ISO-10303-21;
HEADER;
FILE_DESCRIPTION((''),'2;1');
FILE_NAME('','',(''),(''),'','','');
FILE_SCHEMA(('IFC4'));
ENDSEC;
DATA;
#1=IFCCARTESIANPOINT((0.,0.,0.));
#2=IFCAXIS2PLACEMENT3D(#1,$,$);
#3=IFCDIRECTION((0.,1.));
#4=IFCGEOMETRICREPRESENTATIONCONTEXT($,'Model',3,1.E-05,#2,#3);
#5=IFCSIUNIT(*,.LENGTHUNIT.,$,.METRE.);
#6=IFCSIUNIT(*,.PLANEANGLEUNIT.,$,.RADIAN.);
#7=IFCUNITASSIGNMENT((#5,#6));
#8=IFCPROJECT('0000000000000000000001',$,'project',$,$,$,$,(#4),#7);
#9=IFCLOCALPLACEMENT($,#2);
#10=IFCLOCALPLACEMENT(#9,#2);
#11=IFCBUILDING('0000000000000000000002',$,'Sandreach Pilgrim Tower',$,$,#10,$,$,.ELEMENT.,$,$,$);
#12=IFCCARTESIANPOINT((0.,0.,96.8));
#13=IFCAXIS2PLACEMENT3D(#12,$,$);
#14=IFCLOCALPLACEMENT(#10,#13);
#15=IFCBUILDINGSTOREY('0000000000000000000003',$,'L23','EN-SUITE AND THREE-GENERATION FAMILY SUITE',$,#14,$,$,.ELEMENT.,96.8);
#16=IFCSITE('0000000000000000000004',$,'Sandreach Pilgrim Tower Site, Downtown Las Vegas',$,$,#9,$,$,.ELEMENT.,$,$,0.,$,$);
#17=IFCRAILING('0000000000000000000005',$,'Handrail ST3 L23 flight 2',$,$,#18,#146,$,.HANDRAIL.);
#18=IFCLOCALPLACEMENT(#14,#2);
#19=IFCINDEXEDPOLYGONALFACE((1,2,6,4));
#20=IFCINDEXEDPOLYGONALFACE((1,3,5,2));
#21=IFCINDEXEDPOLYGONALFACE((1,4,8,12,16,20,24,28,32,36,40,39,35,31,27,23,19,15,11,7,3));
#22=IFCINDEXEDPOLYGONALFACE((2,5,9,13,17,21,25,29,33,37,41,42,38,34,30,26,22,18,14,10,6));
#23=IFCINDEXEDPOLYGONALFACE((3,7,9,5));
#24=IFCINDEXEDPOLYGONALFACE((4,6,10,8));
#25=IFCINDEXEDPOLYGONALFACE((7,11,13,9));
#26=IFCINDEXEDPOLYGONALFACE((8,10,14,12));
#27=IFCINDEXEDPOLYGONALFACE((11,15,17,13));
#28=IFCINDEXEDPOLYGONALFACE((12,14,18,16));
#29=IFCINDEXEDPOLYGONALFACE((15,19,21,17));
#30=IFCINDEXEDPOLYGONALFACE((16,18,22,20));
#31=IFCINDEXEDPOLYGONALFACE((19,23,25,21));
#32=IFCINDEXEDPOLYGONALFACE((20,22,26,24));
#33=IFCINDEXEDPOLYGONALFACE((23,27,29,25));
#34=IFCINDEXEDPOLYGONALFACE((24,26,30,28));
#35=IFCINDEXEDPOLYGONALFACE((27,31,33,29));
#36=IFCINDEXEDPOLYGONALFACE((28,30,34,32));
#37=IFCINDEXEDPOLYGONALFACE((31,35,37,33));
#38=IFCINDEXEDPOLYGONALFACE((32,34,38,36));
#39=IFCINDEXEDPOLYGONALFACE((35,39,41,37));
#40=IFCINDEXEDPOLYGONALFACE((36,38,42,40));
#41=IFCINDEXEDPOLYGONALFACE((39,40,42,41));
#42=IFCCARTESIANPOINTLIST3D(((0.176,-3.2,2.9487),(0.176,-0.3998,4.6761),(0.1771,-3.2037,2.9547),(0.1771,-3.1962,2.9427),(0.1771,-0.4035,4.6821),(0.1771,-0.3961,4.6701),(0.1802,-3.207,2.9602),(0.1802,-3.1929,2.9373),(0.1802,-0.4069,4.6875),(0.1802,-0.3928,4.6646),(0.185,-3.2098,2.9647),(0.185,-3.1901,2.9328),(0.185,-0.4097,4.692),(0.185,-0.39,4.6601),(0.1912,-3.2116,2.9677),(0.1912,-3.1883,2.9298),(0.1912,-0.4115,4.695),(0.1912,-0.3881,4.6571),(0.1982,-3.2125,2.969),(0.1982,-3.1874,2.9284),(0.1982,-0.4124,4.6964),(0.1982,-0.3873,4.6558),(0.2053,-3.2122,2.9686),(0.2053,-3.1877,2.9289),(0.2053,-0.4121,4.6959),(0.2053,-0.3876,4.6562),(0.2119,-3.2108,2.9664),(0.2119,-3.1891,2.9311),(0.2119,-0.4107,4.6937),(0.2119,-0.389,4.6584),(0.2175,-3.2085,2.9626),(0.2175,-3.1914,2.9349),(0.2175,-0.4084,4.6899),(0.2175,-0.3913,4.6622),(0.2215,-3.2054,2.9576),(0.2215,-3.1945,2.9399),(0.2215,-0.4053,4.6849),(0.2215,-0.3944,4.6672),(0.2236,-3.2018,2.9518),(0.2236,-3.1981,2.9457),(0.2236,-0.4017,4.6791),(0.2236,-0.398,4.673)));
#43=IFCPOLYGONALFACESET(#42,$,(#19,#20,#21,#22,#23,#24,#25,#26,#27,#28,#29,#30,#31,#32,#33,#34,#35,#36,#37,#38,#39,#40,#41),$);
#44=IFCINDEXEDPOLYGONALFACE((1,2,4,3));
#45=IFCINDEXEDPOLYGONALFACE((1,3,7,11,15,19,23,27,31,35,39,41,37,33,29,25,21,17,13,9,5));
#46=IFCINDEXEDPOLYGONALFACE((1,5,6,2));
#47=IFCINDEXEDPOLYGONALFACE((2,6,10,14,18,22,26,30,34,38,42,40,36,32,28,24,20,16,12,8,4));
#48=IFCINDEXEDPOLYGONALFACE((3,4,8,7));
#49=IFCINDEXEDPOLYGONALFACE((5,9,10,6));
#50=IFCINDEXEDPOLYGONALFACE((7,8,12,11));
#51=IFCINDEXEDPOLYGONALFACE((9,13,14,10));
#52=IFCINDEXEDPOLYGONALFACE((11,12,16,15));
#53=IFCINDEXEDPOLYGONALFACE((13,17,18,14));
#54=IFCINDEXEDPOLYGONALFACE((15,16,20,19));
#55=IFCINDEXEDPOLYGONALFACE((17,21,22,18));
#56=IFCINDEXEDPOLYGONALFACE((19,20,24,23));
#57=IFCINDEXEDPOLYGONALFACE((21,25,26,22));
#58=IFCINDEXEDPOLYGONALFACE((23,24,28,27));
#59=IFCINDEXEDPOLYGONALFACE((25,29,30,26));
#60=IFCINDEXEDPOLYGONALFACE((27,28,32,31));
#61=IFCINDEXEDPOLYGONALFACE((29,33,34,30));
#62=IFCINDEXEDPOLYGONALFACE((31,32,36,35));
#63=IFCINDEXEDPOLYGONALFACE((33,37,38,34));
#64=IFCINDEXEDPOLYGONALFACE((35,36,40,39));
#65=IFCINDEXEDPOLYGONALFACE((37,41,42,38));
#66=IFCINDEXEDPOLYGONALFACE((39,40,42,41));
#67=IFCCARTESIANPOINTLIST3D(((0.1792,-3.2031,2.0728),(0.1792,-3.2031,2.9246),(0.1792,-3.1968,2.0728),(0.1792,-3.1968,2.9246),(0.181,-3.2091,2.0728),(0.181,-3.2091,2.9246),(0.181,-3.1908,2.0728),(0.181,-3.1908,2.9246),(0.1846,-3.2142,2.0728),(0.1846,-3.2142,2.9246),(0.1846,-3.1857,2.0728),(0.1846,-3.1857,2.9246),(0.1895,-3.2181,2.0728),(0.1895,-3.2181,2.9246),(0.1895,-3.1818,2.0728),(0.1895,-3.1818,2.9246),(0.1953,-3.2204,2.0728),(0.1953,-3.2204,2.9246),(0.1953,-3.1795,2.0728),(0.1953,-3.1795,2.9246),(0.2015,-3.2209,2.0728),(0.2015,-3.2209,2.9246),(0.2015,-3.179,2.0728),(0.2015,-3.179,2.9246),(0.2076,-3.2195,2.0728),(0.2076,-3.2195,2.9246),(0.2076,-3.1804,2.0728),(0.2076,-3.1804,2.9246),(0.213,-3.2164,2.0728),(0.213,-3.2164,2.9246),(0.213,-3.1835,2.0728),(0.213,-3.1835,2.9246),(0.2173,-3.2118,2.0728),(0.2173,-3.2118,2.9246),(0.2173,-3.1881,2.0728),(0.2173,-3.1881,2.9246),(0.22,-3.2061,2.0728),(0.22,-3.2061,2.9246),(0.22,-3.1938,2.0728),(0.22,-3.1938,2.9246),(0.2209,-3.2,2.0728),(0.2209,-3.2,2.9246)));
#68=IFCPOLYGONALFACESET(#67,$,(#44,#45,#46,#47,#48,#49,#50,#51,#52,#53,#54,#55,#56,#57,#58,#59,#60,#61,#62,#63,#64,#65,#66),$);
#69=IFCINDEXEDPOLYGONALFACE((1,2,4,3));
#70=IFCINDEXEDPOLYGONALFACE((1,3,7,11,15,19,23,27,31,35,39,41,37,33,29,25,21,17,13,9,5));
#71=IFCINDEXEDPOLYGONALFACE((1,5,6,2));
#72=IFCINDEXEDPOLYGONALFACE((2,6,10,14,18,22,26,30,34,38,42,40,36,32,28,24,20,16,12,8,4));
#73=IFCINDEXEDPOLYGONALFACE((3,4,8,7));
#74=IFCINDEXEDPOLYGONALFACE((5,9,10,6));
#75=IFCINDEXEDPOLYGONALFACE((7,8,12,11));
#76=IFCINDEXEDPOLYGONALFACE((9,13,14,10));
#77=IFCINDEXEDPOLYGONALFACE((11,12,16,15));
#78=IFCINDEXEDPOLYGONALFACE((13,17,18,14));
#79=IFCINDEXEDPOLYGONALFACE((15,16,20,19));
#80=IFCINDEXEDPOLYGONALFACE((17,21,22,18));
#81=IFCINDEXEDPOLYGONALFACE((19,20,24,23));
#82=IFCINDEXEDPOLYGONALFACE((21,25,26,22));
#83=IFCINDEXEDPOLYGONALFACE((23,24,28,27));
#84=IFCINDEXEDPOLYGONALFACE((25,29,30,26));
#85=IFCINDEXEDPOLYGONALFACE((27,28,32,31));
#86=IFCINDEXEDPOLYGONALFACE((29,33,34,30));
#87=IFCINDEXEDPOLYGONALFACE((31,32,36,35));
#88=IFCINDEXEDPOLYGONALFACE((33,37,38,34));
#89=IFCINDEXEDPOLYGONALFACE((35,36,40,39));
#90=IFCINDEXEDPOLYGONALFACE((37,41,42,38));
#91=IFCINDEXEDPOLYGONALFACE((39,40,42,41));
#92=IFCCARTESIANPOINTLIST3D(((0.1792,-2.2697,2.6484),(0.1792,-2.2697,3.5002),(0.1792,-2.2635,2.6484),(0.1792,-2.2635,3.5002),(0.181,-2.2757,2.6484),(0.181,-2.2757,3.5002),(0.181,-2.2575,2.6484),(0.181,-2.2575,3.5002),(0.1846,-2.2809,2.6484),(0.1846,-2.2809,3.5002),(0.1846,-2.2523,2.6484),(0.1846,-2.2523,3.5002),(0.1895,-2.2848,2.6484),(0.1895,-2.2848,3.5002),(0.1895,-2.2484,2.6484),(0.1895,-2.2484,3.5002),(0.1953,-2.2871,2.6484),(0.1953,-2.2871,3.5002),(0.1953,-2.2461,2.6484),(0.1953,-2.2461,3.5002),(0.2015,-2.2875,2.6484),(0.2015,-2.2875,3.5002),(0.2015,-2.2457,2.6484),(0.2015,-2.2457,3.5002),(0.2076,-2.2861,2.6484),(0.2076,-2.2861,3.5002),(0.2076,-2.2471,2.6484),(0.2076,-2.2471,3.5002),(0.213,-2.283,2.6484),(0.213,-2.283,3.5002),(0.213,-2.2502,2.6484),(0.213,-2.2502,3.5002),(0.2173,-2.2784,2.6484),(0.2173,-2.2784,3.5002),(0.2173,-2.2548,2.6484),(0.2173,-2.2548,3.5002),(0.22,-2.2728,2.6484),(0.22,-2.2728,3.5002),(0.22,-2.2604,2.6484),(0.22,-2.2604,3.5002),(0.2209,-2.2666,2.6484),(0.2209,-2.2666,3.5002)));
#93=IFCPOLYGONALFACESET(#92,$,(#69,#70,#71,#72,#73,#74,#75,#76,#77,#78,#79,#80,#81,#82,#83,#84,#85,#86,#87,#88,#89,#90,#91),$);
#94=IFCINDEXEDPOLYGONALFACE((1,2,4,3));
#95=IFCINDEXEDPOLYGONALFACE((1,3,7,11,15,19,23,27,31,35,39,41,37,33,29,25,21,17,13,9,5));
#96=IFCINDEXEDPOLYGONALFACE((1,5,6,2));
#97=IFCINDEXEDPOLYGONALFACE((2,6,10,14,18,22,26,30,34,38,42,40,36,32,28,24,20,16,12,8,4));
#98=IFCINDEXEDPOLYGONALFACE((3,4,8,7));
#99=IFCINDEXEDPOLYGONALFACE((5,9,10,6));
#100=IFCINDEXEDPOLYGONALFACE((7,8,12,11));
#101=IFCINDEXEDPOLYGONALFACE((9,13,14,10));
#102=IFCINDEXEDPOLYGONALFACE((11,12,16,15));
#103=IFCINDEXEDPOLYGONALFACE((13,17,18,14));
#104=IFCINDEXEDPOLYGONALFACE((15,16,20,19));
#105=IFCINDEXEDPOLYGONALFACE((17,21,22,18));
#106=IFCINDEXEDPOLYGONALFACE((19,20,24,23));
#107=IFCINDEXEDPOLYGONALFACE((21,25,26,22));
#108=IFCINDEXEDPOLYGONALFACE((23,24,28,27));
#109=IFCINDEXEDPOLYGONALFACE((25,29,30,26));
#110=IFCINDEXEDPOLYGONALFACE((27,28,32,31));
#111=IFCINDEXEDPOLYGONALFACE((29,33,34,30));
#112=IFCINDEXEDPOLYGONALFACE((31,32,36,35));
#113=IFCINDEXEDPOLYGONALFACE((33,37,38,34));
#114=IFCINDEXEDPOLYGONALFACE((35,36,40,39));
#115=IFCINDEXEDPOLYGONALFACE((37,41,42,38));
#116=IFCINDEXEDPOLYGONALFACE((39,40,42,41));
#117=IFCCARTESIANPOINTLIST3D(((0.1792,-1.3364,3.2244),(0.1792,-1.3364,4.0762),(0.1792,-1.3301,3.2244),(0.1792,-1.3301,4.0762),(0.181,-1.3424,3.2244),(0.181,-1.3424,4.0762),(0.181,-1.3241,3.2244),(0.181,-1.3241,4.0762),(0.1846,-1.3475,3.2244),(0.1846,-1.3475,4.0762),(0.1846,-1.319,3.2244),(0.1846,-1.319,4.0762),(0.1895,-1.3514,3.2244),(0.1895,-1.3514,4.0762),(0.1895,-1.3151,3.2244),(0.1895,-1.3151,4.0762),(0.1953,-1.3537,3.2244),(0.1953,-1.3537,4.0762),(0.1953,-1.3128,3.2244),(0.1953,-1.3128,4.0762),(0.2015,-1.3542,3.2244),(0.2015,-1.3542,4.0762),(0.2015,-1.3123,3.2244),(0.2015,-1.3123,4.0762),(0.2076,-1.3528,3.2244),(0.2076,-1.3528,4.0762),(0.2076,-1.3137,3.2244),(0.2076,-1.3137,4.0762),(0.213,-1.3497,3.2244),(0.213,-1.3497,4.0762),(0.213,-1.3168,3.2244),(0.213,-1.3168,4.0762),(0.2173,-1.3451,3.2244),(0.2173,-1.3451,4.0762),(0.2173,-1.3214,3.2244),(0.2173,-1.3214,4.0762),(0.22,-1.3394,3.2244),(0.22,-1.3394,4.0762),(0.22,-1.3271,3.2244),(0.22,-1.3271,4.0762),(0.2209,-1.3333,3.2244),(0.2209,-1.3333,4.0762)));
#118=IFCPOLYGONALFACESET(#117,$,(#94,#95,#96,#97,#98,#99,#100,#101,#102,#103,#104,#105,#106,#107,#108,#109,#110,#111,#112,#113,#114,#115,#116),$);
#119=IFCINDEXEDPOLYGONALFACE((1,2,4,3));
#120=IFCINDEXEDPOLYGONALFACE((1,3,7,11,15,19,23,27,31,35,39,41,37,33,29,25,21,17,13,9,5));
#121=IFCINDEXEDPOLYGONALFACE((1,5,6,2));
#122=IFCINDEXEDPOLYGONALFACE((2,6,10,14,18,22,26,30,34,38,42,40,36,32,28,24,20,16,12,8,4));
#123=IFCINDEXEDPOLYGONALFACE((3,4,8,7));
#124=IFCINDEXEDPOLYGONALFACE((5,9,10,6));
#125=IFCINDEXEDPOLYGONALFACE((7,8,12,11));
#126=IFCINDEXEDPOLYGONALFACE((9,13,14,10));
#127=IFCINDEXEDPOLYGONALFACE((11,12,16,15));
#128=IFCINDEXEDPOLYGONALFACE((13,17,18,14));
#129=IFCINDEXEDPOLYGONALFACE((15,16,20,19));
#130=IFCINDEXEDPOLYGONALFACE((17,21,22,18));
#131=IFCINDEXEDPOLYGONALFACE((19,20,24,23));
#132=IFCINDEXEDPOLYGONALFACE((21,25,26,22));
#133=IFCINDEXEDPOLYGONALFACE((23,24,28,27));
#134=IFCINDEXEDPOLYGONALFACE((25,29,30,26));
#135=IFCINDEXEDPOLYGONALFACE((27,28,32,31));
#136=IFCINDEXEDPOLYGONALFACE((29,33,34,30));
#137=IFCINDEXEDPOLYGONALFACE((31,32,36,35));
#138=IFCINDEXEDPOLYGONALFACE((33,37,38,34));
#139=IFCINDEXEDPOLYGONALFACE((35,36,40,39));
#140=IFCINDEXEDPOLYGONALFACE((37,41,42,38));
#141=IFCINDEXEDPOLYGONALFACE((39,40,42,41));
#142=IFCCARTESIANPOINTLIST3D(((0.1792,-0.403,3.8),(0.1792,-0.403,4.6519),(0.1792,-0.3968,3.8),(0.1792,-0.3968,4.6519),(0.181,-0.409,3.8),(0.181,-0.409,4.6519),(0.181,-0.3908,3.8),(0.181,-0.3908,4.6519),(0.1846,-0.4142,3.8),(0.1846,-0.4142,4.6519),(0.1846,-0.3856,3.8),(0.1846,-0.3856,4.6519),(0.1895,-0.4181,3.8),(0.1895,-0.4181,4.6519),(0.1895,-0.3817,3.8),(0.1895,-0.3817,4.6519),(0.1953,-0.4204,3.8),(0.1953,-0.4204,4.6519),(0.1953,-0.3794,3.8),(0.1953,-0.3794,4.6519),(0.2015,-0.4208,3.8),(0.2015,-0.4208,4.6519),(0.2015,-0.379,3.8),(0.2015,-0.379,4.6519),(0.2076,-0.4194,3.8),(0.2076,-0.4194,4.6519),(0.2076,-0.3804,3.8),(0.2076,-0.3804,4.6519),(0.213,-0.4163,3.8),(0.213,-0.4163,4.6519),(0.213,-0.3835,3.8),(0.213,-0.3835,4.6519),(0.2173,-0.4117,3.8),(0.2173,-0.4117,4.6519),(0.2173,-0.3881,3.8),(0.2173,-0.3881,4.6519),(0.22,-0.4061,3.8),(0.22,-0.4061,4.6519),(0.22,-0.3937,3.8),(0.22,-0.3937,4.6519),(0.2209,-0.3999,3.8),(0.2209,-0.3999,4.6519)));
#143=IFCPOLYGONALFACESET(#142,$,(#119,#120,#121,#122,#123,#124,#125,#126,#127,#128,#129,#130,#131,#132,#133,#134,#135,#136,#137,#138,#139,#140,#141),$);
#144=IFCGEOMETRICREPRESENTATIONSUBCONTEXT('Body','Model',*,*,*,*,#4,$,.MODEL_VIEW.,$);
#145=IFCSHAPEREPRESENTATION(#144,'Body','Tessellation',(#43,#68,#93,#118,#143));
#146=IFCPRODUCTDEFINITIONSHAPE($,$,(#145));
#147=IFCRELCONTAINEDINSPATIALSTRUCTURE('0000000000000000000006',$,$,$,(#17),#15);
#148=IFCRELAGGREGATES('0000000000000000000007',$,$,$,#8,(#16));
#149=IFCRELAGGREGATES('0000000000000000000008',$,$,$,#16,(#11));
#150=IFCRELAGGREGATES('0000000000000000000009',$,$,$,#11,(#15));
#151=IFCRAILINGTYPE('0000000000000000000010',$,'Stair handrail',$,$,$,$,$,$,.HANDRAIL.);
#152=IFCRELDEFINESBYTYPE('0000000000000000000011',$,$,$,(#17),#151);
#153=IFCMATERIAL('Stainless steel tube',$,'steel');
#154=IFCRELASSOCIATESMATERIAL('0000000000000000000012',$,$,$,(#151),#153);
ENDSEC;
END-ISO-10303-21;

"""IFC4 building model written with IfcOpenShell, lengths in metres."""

from ifc_helpers import new_model, si_unit, direction, frame, origin, origin_2d, place, context, subcontext, project, spatial, circle, extrude, material, type_object, element, save


model = new_model("IFC4")

# Units and contexts
model_context = context("Model", 3, precision=1e-05, world=origin(), true_north=direction((0.0, 1.0)))
body_context = subcontext(model_context, "Body", "Model", "MODEL_VIEW")
ifc_project = project(units=[si_unit("LENGTHUNIT", "METRE"), si_unit("PLANEANGLEUNIT", "RADIAN")], contexts=[model_context])

# Site, building, storey
site_placement = place(None, origin())
site = spatial("IfcSite", under=ifc_project, at=site_placement, Name="Sandreach Pilgrim Tower Site, Downtown Las Vegas", CompositionType="ELEMENT", RefElevation=0.0)
building_placement = place(site_placement, origin())
building = spatial("IfcBuilding", under=site, at=building_placement, Name="Sandreach Pilgrim Tower", CompositionType="ELEMENT")
storey_placement = place(building_placement, frame((0.0, 0.0, 96.8)))
storey = spatial("IfcBuildingStorey", under=building, at=storey_placement, Name="L23", Description="EN-SUITE AND THREE-GENERATION FAMILY SUITE", CompositionType="ELEMENT", Elevation=96.8)

# Railing
ifc_material_1 = material(Name="Stainless steel tube", Category="steel")
railing_type = type_object("IfcRailingType", Name="Stair handrail", PredefinedType="HANDRAIL", material=ifc_material_1)
for number, where, name in (
    (1, (0.2, -3.2, 2.0728), "Handrail ST3 L23 flight 2"),
):
    element("IfcRailing", number, at=place(storey_placement, frame(where)), inside=storey, type_object=railing_type, Name=name, PredefinedType="HANDRAIL", context=body_context, shape_type="SweptSolid", body=[
        extrude(circle(Radius=0.0239, at=origin_2d()), frame((0.0, 0.0, 0.876), z_axis=(0.0, 0.85109, 0.52502), x_axis=(-1.0, 0.0, 0.0)), (0.0, 0.0, 1.0), 3.29),
        extrude(circle(Radius=0.021, at=origin_2d()), origin(), (0.0, 0.0, 1.0), 0.8518),
        extrude(circle(Radius=0.021, at=origin_2d()), frame((0.0, 0.9333, 0.5757)), (0.0, 0.0, 1.0), 0.8518),
        extrude(circle(Radius=0.021, at=origin_2d()), frame((0.0, 1.8667, 1.1516)), (0.0, 0.0, 1.0), 0.8518),
        extrude(circle(Radius=0.021, at=origin_2d()), frame((0.0, 2.8, 1.7273)), (0.0, 0.0, 1.0), 0.8518),
    ])

save(model, "model.ifc")
